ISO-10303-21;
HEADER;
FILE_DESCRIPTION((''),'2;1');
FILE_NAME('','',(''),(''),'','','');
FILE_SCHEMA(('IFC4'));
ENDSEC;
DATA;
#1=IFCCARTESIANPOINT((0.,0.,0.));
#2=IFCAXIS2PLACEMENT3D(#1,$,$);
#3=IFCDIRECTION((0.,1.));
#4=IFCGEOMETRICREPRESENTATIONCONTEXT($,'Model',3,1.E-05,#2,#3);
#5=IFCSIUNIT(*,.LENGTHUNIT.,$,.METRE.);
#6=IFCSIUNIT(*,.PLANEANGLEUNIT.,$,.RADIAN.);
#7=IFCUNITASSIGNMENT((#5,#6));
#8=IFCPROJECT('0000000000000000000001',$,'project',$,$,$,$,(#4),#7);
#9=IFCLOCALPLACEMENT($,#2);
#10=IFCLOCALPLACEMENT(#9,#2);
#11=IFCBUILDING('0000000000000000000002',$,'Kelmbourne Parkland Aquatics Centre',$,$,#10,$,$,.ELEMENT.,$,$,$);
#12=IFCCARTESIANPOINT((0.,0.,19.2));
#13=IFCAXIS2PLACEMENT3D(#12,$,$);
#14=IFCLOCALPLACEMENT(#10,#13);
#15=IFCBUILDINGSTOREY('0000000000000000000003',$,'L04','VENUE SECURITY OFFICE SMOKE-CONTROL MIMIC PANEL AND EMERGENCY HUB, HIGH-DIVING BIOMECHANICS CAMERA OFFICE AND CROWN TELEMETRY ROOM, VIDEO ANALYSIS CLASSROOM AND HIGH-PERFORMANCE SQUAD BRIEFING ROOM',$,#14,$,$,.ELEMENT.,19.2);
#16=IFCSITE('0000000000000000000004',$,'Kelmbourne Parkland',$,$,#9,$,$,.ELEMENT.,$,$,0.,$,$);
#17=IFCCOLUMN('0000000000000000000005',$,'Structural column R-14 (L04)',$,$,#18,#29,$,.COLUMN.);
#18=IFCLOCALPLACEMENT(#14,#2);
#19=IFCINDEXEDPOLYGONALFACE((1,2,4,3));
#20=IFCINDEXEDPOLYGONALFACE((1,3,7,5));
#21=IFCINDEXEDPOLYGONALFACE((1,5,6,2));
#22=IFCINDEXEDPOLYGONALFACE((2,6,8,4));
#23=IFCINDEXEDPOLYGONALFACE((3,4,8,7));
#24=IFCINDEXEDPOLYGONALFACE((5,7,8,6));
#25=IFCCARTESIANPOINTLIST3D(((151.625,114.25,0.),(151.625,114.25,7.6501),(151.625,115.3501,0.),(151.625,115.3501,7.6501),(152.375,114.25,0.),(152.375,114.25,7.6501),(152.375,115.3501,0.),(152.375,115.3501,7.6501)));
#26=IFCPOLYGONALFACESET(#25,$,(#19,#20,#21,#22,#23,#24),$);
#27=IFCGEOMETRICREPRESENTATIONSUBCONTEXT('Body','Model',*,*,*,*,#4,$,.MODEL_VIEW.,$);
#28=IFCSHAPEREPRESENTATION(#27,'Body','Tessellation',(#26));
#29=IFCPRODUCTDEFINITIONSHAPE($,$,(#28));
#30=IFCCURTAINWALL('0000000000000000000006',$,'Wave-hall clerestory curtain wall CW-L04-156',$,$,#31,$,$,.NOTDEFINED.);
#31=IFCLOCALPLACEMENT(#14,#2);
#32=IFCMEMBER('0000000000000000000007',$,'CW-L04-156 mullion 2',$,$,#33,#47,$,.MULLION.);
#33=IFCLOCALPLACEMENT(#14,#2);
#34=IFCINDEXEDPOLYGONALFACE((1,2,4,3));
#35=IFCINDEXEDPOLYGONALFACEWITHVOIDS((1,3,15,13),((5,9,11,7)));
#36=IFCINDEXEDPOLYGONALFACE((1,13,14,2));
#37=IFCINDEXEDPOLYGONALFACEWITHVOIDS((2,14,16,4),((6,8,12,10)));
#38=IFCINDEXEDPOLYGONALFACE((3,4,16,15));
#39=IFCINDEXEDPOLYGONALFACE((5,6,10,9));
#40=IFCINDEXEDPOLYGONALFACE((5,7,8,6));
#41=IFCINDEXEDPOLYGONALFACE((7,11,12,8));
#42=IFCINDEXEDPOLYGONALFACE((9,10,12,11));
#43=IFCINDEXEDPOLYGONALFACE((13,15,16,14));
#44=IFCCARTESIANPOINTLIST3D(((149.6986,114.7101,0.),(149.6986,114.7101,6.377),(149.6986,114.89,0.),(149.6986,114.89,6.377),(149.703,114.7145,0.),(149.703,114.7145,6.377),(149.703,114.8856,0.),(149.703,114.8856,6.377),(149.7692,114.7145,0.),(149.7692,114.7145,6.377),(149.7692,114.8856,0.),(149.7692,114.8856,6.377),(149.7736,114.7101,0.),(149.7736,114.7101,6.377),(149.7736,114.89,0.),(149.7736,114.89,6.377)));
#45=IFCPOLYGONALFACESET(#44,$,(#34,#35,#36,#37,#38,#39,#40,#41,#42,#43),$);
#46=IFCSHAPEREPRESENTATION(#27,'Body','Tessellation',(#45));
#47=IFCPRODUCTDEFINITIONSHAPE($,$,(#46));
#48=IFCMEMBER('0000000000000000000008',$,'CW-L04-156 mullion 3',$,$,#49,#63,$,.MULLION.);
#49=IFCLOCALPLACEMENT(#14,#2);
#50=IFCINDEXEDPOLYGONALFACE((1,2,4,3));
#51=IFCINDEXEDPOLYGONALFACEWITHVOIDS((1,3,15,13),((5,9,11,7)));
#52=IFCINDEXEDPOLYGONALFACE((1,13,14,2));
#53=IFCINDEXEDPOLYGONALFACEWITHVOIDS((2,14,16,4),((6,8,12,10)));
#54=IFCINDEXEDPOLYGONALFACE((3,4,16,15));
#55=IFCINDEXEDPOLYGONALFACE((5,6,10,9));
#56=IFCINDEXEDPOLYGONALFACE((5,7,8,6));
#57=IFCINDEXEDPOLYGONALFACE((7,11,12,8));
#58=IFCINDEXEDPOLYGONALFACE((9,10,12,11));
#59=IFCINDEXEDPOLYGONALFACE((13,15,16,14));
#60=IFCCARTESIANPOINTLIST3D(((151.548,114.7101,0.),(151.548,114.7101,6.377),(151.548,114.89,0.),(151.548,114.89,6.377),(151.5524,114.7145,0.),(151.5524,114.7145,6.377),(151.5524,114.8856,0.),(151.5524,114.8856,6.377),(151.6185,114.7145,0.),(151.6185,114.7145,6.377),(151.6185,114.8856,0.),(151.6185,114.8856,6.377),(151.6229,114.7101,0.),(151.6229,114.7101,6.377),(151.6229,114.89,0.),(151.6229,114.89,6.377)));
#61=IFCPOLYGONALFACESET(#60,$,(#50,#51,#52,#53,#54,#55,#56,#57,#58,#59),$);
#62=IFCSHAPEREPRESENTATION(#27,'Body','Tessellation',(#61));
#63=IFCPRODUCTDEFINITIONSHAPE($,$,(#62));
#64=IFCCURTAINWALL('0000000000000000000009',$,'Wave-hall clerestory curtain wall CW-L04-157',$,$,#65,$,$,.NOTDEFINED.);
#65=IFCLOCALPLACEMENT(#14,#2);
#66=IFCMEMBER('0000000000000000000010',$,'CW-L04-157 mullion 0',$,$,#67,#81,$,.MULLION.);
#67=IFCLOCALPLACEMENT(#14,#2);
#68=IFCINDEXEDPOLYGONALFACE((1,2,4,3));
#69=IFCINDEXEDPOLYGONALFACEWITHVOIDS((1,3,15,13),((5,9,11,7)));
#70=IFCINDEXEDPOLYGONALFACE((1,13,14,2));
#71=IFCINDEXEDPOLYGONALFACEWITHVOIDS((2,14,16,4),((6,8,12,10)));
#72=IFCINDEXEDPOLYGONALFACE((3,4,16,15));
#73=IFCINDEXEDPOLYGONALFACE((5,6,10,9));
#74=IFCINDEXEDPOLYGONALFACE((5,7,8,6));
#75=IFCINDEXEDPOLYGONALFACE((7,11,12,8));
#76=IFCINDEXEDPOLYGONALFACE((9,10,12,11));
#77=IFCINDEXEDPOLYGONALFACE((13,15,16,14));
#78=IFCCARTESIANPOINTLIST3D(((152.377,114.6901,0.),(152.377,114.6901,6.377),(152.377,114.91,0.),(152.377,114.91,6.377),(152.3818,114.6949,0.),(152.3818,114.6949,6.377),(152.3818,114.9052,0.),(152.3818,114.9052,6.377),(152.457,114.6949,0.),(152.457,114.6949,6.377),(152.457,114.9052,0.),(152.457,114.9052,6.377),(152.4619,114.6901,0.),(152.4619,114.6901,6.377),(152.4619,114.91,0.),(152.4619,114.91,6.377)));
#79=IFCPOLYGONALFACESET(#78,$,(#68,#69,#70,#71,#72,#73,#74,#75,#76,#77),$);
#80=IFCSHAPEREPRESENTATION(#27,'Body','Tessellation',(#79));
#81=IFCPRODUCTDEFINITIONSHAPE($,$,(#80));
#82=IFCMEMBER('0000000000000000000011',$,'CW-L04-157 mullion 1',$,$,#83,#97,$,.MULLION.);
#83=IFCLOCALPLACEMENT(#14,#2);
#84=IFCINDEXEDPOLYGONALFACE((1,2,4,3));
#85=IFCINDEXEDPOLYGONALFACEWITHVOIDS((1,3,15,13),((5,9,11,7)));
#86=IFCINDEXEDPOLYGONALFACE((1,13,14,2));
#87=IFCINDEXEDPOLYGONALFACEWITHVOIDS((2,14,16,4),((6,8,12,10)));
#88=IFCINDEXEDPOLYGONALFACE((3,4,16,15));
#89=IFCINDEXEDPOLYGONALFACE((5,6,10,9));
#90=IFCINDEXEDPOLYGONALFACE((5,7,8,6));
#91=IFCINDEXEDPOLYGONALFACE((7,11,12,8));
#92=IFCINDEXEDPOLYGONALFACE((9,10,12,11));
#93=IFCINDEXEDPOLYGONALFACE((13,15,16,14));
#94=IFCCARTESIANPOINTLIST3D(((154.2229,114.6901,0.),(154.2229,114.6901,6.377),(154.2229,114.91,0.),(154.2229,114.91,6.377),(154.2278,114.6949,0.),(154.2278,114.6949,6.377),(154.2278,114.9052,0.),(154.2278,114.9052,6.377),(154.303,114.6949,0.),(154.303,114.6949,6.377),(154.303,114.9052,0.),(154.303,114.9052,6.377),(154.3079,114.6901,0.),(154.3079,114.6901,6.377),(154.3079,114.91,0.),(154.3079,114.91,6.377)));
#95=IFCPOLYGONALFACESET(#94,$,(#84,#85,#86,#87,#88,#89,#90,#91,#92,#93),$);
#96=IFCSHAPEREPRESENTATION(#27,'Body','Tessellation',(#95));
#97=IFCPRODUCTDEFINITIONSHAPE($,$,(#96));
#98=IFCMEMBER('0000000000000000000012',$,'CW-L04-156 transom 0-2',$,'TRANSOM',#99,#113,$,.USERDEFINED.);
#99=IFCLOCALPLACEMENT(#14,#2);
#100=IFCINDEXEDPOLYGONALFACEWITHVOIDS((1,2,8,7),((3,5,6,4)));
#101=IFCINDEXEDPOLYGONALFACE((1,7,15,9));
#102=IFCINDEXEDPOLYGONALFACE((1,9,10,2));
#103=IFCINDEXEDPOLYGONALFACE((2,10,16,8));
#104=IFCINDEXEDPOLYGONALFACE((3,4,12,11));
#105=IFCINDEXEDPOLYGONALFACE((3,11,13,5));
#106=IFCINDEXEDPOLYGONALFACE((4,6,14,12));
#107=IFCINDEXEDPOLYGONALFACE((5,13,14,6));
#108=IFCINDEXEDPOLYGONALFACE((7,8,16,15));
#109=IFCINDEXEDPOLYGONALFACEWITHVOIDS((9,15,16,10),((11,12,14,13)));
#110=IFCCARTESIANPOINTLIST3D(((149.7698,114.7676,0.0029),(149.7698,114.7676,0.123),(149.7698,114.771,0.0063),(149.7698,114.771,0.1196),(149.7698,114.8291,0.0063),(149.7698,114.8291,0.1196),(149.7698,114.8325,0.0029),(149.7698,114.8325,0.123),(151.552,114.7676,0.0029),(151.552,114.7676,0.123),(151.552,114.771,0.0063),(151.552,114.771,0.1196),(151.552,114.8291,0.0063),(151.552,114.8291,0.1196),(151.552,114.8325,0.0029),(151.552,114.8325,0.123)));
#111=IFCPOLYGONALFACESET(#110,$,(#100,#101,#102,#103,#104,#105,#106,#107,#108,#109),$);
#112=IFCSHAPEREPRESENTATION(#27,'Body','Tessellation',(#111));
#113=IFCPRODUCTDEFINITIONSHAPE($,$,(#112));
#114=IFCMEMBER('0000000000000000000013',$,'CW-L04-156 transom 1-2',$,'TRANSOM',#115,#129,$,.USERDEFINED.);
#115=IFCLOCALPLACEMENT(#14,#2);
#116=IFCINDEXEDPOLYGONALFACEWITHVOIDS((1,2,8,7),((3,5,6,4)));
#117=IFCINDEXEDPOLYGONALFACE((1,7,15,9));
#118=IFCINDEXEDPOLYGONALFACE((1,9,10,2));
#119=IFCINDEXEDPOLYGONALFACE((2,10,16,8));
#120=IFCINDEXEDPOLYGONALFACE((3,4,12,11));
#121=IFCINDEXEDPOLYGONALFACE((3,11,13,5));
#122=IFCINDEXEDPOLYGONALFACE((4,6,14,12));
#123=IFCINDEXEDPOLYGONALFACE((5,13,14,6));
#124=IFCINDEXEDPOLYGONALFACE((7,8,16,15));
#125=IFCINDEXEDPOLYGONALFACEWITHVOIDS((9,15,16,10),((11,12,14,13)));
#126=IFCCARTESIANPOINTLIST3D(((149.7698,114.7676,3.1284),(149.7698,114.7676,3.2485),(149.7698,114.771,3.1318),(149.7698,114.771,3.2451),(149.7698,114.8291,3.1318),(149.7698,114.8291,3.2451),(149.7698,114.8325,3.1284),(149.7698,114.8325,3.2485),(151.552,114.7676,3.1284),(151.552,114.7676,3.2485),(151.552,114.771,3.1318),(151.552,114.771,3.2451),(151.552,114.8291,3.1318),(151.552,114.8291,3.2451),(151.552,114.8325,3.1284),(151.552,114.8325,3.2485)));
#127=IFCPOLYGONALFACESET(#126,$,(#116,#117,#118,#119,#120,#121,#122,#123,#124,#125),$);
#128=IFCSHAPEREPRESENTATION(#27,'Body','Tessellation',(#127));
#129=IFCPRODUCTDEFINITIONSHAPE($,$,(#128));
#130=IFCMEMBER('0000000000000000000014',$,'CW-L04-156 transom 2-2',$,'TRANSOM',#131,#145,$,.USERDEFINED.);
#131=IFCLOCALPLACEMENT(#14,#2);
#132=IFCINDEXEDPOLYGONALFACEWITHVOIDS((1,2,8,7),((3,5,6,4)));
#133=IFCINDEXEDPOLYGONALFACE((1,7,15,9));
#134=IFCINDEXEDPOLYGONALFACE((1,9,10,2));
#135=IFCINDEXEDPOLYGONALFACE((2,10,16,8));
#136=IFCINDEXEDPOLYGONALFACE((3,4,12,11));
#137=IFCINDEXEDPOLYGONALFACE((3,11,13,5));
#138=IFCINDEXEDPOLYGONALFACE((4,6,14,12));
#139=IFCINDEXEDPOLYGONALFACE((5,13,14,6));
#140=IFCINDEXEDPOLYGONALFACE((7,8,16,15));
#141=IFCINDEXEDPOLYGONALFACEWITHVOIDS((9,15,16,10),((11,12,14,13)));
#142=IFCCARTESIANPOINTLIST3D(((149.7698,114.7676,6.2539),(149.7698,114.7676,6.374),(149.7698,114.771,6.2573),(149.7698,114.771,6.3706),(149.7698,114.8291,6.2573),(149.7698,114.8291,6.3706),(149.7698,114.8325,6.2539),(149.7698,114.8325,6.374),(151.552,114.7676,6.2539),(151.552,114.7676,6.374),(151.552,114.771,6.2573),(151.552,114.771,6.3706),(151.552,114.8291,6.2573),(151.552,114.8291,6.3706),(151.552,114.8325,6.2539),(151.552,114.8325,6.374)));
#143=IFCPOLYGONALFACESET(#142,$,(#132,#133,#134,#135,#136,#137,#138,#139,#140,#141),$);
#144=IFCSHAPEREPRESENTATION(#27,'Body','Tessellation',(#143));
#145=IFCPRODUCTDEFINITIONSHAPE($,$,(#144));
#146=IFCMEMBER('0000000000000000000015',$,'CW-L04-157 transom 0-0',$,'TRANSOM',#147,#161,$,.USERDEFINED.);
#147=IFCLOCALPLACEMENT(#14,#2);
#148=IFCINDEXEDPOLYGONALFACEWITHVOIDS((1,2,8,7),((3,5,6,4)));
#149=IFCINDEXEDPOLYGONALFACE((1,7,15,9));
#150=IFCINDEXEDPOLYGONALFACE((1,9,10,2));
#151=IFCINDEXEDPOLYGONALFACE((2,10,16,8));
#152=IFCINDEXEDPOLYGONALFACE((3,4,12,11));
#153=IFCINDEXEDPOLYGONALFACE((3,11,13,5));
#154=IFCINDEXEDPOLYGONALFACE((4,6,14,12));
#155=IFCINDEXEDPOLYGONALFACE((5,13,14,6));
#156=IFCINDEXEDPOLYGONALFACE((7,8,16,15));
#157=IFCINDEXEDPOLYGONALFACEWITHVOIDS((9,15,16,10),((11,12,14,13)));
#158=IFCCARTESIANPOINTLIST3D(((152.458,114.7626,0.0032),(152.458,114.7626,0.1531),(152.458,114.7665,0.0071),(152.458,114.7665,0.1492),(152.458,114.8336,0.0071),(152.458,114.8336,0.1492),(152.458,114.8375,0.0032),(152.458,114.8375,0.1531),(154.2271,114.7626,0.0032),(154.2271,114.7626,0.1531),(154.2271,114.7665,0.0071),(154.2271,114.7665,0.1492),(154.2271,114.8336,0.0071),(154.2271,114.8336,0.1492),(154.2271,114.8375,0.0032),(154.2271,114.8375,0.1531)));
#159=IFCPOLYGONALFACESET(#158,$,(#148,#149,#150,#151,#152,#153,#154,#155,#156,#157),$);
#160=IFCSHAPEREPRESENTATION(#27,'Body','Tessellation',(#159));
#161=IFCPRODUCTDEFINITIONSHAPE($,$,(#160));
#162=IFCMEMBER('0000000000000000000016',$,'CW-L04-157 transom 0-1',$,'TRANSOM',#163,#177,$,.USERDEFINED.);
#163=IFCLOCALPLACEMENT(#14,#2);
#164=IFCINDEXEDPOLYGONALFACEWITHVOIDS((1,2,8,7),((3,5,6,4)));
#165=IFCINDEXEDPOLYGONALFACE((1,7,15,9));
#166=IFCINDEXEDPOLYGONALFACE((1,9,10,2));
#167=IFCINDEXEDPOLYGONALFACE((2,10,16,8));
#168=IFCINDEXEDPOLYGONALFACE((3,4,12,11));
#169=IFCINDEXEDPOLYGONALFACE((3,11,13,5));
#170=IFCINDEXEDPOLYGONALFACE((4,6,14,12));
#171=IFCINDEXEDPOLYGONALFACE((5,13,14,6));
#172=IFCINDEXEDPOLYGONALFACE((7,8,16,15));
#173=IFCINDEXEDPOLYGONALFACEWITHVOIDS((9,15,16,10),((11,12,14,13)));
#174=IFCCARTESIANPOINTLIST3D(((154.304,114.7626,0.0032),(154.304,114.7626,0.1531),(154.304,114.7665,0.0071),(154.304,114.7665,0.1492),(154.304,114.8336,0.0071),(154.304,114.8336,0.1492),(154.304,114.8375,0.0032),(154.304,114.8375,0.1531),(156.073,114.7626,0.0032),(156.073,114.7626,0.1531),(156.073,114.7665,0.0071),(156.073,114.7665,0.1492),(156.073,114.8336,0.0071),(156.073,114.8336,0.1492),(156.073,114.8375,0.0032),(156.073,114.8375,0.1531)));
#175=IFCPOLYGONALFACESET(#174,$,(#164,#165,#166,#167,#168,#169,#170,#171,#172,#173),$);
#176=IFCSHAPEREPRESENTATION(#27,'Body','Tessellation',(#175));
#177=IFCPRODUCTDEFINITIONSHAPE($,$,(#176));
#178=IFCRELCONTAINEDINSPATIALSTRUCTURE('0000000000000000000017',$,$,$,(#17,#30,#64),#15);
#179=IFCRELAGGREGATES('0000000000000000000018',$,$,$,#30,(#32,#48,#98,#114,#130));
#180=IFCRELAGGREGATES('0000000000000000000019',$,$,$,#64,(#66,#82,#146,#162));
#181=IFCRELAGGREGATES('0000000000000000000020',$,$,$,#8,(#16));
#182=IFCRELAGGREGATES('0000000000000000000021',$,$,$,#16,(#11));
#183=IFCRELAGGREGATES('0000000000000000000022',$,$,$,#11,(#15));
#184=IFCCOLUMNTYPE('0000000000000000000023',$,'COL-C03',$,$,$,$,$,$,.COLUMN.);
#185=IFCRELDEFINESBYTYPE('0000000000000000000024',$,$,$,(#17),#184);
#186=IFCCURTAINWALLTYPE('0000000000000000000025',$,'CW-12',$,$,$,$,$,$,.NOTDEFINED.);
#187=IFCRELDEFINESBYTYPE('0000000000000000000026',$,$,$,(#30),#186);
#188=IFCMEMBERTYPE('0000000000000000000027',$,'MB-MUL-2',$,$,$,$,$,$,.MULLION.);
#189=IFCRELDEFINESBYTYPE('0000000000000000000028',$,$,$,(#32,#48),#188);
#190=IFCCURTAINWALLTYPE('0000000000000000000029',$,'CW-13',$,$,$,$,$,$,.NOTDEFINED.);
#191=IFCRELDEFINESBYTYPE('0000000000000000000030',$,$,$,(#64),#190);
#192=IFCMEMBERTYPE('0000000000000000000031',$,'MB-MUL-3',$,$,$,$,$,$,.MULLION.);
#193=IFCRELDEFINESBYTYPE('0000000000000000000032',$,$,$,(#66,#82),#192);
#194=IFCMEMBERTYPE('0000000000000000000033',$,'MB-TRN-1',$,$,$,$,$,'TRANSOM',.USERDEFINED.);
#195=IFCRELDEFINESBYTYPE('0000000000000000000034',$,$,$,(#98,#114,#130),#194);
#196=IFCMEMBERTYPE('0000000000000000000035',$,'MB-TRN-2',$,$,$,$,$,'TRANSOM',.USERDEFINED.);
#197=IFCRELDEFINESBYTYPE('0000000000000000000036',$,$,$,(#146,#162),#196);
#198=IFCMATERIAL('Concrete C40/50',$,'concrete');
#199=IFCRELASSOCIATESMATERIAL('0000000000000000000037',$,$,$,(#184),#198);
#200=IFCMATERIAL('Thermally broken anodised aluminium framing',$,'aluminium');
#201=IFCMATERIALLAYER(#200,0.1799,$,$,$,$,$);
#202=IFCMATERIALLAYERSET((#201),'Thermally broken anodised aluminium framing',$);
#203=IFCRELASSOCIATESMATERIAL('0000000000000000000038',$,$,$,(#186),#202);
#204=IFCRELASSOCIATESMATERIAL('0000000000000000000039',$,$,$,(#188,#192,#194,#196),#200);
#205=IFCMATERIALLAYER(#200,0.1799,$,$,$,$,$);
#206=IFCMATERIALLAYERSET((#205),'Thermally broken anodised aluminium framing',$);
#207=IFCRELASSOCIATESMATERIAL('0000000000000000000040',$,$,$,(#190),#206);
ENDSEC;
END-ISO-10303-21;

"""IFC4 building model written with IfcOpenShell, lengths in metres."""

from ifc_helpers import new_model, si_unit, direction, frame, origin, origin_2d, place, context, subcontext, project, spatial, rectangle, hollow_rectangle, extrude, material, layer, layer_set, material_profile, profile_set, type_object, element, aggregate, save


model = new_model("IFC4")

# Units and contexts
model_context = context("Model", 3, precision=1e-05, world=origin(), true_north=direction((0.0, 1.0)))
body_context = subcontext(model_context, "Body", "Model", "MODEL_VIEW")
ifc_project = project(units=[si_unit("LENGTHUNIT", "METRE"), si_unit("PLANEANGLEUNIT", "RADIAN")], contexts=[model_context])

# Site, building, storey
site_placement = place(None, origin())
site = spatial("IfcSite", under=ifc_project, at=site_placement, Name="Kelmbourne Parkland", CompositionType="ELEMENT", RefElevation=0.0)
building_placement = place(site_placement, origin())
building = spatial("IfcBuilding", under=site, at=building_placement, Name="Kelmbourne Parkland Aquatics Centre", CompositionType="ELEMENT")
storey_placement = place(building_placement, frame((0.0, 0.0, 19.2)))
storey = spatial("IfcBuildingStorey", under=building, at=storey_placement, Name="L04", Description="VENUE SECURITY OFFICE SMOKE-CONTROL MIMIC PANEL AND EMERGENCY HUB, HIGH-DIVING BIOMECHANICS CAMERA OFFICE AND CROWN TELEMETRY ROOM, VIDEO ANALYSIS CLASSROOM AND HIGH-PERFORMANCE SQUAD BRIEFING ROOM", CompositionType="ELEMENT", Elevation=19.2)

# Column
ifc_material_1 = material(Name="Concrete C40/50", Category="concrete")
ifc_material_profile_1 = material_profile(ifc_material_1, rectangle(XDim=0.75, YDim=1.1001, at=origin_2d()), Name="RC 750x1100")
ifc_profile_set_1 = profile_set([ifc_material_profile_1], Name="Concrete C40/50")
column_type = type_object("IfcColumnType", Name="COL-C03", PredefinedType="COLUMN", material=ifc_profile_set_1)
column_placement = place(storey_placement, frame((152.0, 114.8, 0.0), z_axis=(0.0, 0.0, 1.0), x_axis=(1.0, 0.0, 0.0)))
element("IfcColumn", 1, at=column_placement, inside=storey, type_object=column_type, Name="Structural column R-14 (L04)", PredefinedType="COLUMN", context=body_context, shape_type="SweptSolid", body=[
    extrude(rectangle(XDim=0.75, YDim=1.1001, at=origin_2d()), origin(), (0.0, 0.0, 1.0), 7.6501),
])

# Curtain walls, members
ifc_material_2 = material(Name="Thermally broken anodised aluminium framing", Category="aluminium")
ifc_layer_1 = layer(ifc_material_2, 0.1799)
ifc_layer_set_1 = layer_set([ifc_layer_1], Name="Thermally broken anodised aluminium framing")
curtain_wall_type_1 = type_object("IfcCurtainWallType", Name="CW-12", PredefinedType="NOTDEFINED", material=ifc_layer_set_1)
curtain_wall_1_placement = place(storey_placement, origin())
curtain_wall_1 = element("IfcCurtainWall", 2, at=curtain_wall_1_placement, inside=storey, type_object=curtain_wall_type_1, Name="Wave-hall clerestory curtain wall CW-L04-156", PredefinedType="NOTDEFINED")
ifc_material_profile_2 = material_profile(ifc_material_2, hollow_rectangle(XDim=0.075, YDim=0.1799, WallThickness=0.0044, at=origin_2d()), Name="CW-M 75x180")
ifc_profile_set_2 = profile_set([ifc_material_profile_2], Name="Thermally broken anodised aluminium framing")
member_type_1 = type_object("IfcMemberType", Name="MB-MUL-2", PredefinedType="MULLION", material=ifc_profile_set_2)
member_1_placement = place(storey_placement, frame((149.7361, 114.8, 0.0), z_axis=(0.0, 0.0, 1.0), x_axis=(1.0, 0.0, 0.0)))
member_1 = element("IfcMember", 3, at=member_1_placement, type_object=member_type_1, Name="CW-L04-156 mullion 2", PredefinedType="MULLION", context=body_context, shape_type="SweptSolid", body=[
    extrude(hollow_rectangle(XDim=0.075, YDim=0.1799, WallThickness=0.0044, at=origin_2d()), origin(), (0.0, 0.0, 1.0), 6.377),
])
member_2_placement = place(storey_placement, frame((151.5854, 114.8, 0.0), z_axis=(0.0, 0.0, 1.0), x_axis=(1.0, 0.0, 0.0)))
member_2 = element("IfcMember", 4, at=member_2_placement, type_object=member_type_1, Name="CW-L04-156 mullion 3", PredefinedType="MULLION", context=body_context, shape_type="SweptSolid", body=[
    extrude(hollow_rectangle(XDim=0.075, YDim=0.1799, WallThickness=0.0044, at=origin_2d()), origin(), (0.0, 0.0, 1.0), 6.377),
])
ifc_layer_2 = layer(ifc_material_2, 0.1799)
ifc_layer_set_2 = layer_set([ifc_layer_2], Name="Thermally broken anodised aluminium framing")
curtain_wall_type_2 = type_object("IfcCurtainWallType", Name="CW-13", PredefinedType="NOTDEFINED", material=ifc_layer_set_2)
curtain_wall_2_placement = place(storey_placement, origin())
curtain_wall_2 = element("IfcCurtainWall", 5, at=curtain_wall_2_placement, inside=storey, type_object=curtain_wall_type_2, Name="Wave-hall clerestory curtain wall CW-L04-157", PredefinedType="NOTDEFINED")
ifc_material_profile_3 = material_profile(ifc_material_2, hollow_rectangle(XDim=0.085, YDim=0.22, WallThickness=0.0049, at=origin_2d()), Name="CW-M 85x220")
ifc_profile_set_3 = profile_set([ifc_material_profile_3], Name="Thermally broken anodised aluminium framing")
member_type_2 = type_object("IfcMemberType", Name="MB-MUL-3", PredefinedType="MULLION", material=ifc_profile_set_3)
member_3_placement = place(storey_placement, frame((152.4194, 114.8, 0.0), z_axis=(0.0, 0.0, 1.0), x_axis=(1.0, 0.0, 0.0)))
member_3 = element("IfcMember", 6, at=member_3_placement, type_object=member_type_2, Name="CW-L04-157 mullion 0", PredefinedType="MULLION", context=body_context, shape_type="SweptSolid", body=[
    extrude(hollow_rectangle(XDim=0.085, YDim=0.22, WallThickness=0.0049, at=origin_2d()), origin(), (0.0, 0.0, 1.0), 6.377),
])
member_4_placement = place(storey_placement, frame((154.2654, 114.8, 0.0), z_axis=(0.0, 0.0, 1.0), x_axis=(1.0, 0.0, 0.0)))
member_4 = element("IfcMember", 7, at=member_4_placement, type_object=member_type_2, Name="CW-L04-157 mullion 1", PredefinedType="MULLION", context=body_context, shape_type="SweptSolid", body=[
    extrude(hollow_rectangle(XDim=0.085, YDim=0.22, WallThickness=0.0049, at=origin_2d()), origin(), (0.0, 0.0, 1.0), 6.377),
])

# Members
ifc_material_profile_4 = material_profile(ifc_material_2, hollow_rectangle(XDim=0.0649, YDim=0.1201, WallThickness=0.0034, at=origin_2d()), Name="CW-T 65x120")
ifc_profile_set_4 = profile_set([ifc_material_profile_4], Name="Thermally broken anodised aluminium framing")
member_type_3 = type_object("IfcMemberType", Name="MB-TRN-1", ElementType="TRANSOM", PredefinedType="USERDEFINED", material=ifc_profile_set_4)
member_5_placement = place(storey_placement, frame((149.7698, 114.8, 0.063), z_axis=(1.0, 0.0, 0.0), x_axis=(0.0, 1.0, 0.0)))
member_5 = element("IfcMember", 8, at=member_5_placement, type_object=member_type_3, Name="CW-L04-156 transom 0-2", ObjectType="TRANSOM", PredefinedType="USERDEFINED", context=body_context, shape_type="SweptSolid", body=[
    extrude(hollow_rectangle(XDim=0.0649, YDim=0.1201, WallThickness=0.0034, at=origin_2d()), origin(), (0.0, 0.0, 1.0), 1.7822),
])
member_6_placement = place(storey_placement, frame((149.7698, 114.8, 3.1885), z_axis=(1.0, 0.0, 0.0), x_axis=(0.0, 1.0, 0.0)))
member_6 = element("IfcMember", 9, at=member_6_placement, type_object=member_type_3, Name="CW-L04-156 transom 1-2", ObjectType="TRANSOM", PredefinedType="USERDEFINED", context=body_context, shape_type="SweptSolid", body=[
    extrude(hollow_rectangle(XDim=0.0649, YDim=0.1201, WallThickness=0.0034, at=origin_2d()), origin(), (0.0, 0.0, 1.0), 1.7822),
])
member_7_placement = place(storey_placement, frame((149.7698, 114.8, 6.314), z_axis=(1.0, 0.0, 0.0), x_axis=(0.0, 1.0, 0.0)))
member_7 = element("IfcMember", 10, at=member_7_placement, type_object=member_type_3, Name="CW-L04-156 transom 2-2", ObjectType="TRANSOM", PredefinedType="USERDEFINED", context=body_context, shape_type="SweptSolid", body=[
    extrude(hollow_rectangle(XDim=0.0649, YDim=0.1201, WallThickness=0.0034, at=origin_2d()), origin(), (0.0, 0.0, 1.0), 1.7822),
])
ifc_material_profile_5 = material_profile(ifc_material_2, hollow_rectangle(XDim=0.075, YDim=0.1499, WallThickness=0.0039, at=origin_2d()), Name="CW-T 75x150")
ifc_profile_set_5 = profile_set([ifc_material_profile_5], Name="Thermally broken anodised aluminium framing")
member_type_4 = type_object("IfcMemberType", Name="MB-TRN-2", ElementType="TRANSOM", PredefinedType="USERDEFINED", material=ifc_profile_set_5)
member_8_placement = place(storey_placement, frame((152.458, 114.8, 0.0781), z_axis=(1.0, 0.0, 0.0), x_axis=(0.0, 1.0, 0.0)))
member_8 = element("IfcMember", 11, at=member_8_placement, type_object=member_type_4, Name="CW-L04-157 transom 0-0", ObjectType="TRANSOM", PredefinedType="USERDEFINED", context=body_context, shape_type="SweptSolid", body=[
    extrude(hollow_rectangle(XDim=0.075, YDim=0.1499, WallThickness=0.0039, at=origin_2d()), origin(), (0.0, 0.0, 1.0), 1.769),
])
member_9_placement = place(storey_placement, frame((154.304, 114.8, 0.0781), z_axis=(1.0, 0.0, 0.0), x_axis=(0.0, 1.0, 0.0)))
member_9 = element("IfcMember", 12, at=member_9_placement, type_object=member_type_4, Name="CW-L04-157 transom 0-1", ObjectType="TRANSOM", PredefinedType="USERDEFINED", context=body_context, shape_type="SweptSolid", body=[
    extrude(hollow_rectangle(XDim=0.075, YDim=0.1499, WallThickness=0.0039, at=origin_2d()), origin(), (0.0, 0.0, 1.0), 1.769),
])

aggregate(curtain_wall_1, [member_1, member_2, member_5, member_6, member_7])
aggregate(curtain_wall_2, [member_3, member_4, member_8, member_9])

save(model, "model.ifc")
